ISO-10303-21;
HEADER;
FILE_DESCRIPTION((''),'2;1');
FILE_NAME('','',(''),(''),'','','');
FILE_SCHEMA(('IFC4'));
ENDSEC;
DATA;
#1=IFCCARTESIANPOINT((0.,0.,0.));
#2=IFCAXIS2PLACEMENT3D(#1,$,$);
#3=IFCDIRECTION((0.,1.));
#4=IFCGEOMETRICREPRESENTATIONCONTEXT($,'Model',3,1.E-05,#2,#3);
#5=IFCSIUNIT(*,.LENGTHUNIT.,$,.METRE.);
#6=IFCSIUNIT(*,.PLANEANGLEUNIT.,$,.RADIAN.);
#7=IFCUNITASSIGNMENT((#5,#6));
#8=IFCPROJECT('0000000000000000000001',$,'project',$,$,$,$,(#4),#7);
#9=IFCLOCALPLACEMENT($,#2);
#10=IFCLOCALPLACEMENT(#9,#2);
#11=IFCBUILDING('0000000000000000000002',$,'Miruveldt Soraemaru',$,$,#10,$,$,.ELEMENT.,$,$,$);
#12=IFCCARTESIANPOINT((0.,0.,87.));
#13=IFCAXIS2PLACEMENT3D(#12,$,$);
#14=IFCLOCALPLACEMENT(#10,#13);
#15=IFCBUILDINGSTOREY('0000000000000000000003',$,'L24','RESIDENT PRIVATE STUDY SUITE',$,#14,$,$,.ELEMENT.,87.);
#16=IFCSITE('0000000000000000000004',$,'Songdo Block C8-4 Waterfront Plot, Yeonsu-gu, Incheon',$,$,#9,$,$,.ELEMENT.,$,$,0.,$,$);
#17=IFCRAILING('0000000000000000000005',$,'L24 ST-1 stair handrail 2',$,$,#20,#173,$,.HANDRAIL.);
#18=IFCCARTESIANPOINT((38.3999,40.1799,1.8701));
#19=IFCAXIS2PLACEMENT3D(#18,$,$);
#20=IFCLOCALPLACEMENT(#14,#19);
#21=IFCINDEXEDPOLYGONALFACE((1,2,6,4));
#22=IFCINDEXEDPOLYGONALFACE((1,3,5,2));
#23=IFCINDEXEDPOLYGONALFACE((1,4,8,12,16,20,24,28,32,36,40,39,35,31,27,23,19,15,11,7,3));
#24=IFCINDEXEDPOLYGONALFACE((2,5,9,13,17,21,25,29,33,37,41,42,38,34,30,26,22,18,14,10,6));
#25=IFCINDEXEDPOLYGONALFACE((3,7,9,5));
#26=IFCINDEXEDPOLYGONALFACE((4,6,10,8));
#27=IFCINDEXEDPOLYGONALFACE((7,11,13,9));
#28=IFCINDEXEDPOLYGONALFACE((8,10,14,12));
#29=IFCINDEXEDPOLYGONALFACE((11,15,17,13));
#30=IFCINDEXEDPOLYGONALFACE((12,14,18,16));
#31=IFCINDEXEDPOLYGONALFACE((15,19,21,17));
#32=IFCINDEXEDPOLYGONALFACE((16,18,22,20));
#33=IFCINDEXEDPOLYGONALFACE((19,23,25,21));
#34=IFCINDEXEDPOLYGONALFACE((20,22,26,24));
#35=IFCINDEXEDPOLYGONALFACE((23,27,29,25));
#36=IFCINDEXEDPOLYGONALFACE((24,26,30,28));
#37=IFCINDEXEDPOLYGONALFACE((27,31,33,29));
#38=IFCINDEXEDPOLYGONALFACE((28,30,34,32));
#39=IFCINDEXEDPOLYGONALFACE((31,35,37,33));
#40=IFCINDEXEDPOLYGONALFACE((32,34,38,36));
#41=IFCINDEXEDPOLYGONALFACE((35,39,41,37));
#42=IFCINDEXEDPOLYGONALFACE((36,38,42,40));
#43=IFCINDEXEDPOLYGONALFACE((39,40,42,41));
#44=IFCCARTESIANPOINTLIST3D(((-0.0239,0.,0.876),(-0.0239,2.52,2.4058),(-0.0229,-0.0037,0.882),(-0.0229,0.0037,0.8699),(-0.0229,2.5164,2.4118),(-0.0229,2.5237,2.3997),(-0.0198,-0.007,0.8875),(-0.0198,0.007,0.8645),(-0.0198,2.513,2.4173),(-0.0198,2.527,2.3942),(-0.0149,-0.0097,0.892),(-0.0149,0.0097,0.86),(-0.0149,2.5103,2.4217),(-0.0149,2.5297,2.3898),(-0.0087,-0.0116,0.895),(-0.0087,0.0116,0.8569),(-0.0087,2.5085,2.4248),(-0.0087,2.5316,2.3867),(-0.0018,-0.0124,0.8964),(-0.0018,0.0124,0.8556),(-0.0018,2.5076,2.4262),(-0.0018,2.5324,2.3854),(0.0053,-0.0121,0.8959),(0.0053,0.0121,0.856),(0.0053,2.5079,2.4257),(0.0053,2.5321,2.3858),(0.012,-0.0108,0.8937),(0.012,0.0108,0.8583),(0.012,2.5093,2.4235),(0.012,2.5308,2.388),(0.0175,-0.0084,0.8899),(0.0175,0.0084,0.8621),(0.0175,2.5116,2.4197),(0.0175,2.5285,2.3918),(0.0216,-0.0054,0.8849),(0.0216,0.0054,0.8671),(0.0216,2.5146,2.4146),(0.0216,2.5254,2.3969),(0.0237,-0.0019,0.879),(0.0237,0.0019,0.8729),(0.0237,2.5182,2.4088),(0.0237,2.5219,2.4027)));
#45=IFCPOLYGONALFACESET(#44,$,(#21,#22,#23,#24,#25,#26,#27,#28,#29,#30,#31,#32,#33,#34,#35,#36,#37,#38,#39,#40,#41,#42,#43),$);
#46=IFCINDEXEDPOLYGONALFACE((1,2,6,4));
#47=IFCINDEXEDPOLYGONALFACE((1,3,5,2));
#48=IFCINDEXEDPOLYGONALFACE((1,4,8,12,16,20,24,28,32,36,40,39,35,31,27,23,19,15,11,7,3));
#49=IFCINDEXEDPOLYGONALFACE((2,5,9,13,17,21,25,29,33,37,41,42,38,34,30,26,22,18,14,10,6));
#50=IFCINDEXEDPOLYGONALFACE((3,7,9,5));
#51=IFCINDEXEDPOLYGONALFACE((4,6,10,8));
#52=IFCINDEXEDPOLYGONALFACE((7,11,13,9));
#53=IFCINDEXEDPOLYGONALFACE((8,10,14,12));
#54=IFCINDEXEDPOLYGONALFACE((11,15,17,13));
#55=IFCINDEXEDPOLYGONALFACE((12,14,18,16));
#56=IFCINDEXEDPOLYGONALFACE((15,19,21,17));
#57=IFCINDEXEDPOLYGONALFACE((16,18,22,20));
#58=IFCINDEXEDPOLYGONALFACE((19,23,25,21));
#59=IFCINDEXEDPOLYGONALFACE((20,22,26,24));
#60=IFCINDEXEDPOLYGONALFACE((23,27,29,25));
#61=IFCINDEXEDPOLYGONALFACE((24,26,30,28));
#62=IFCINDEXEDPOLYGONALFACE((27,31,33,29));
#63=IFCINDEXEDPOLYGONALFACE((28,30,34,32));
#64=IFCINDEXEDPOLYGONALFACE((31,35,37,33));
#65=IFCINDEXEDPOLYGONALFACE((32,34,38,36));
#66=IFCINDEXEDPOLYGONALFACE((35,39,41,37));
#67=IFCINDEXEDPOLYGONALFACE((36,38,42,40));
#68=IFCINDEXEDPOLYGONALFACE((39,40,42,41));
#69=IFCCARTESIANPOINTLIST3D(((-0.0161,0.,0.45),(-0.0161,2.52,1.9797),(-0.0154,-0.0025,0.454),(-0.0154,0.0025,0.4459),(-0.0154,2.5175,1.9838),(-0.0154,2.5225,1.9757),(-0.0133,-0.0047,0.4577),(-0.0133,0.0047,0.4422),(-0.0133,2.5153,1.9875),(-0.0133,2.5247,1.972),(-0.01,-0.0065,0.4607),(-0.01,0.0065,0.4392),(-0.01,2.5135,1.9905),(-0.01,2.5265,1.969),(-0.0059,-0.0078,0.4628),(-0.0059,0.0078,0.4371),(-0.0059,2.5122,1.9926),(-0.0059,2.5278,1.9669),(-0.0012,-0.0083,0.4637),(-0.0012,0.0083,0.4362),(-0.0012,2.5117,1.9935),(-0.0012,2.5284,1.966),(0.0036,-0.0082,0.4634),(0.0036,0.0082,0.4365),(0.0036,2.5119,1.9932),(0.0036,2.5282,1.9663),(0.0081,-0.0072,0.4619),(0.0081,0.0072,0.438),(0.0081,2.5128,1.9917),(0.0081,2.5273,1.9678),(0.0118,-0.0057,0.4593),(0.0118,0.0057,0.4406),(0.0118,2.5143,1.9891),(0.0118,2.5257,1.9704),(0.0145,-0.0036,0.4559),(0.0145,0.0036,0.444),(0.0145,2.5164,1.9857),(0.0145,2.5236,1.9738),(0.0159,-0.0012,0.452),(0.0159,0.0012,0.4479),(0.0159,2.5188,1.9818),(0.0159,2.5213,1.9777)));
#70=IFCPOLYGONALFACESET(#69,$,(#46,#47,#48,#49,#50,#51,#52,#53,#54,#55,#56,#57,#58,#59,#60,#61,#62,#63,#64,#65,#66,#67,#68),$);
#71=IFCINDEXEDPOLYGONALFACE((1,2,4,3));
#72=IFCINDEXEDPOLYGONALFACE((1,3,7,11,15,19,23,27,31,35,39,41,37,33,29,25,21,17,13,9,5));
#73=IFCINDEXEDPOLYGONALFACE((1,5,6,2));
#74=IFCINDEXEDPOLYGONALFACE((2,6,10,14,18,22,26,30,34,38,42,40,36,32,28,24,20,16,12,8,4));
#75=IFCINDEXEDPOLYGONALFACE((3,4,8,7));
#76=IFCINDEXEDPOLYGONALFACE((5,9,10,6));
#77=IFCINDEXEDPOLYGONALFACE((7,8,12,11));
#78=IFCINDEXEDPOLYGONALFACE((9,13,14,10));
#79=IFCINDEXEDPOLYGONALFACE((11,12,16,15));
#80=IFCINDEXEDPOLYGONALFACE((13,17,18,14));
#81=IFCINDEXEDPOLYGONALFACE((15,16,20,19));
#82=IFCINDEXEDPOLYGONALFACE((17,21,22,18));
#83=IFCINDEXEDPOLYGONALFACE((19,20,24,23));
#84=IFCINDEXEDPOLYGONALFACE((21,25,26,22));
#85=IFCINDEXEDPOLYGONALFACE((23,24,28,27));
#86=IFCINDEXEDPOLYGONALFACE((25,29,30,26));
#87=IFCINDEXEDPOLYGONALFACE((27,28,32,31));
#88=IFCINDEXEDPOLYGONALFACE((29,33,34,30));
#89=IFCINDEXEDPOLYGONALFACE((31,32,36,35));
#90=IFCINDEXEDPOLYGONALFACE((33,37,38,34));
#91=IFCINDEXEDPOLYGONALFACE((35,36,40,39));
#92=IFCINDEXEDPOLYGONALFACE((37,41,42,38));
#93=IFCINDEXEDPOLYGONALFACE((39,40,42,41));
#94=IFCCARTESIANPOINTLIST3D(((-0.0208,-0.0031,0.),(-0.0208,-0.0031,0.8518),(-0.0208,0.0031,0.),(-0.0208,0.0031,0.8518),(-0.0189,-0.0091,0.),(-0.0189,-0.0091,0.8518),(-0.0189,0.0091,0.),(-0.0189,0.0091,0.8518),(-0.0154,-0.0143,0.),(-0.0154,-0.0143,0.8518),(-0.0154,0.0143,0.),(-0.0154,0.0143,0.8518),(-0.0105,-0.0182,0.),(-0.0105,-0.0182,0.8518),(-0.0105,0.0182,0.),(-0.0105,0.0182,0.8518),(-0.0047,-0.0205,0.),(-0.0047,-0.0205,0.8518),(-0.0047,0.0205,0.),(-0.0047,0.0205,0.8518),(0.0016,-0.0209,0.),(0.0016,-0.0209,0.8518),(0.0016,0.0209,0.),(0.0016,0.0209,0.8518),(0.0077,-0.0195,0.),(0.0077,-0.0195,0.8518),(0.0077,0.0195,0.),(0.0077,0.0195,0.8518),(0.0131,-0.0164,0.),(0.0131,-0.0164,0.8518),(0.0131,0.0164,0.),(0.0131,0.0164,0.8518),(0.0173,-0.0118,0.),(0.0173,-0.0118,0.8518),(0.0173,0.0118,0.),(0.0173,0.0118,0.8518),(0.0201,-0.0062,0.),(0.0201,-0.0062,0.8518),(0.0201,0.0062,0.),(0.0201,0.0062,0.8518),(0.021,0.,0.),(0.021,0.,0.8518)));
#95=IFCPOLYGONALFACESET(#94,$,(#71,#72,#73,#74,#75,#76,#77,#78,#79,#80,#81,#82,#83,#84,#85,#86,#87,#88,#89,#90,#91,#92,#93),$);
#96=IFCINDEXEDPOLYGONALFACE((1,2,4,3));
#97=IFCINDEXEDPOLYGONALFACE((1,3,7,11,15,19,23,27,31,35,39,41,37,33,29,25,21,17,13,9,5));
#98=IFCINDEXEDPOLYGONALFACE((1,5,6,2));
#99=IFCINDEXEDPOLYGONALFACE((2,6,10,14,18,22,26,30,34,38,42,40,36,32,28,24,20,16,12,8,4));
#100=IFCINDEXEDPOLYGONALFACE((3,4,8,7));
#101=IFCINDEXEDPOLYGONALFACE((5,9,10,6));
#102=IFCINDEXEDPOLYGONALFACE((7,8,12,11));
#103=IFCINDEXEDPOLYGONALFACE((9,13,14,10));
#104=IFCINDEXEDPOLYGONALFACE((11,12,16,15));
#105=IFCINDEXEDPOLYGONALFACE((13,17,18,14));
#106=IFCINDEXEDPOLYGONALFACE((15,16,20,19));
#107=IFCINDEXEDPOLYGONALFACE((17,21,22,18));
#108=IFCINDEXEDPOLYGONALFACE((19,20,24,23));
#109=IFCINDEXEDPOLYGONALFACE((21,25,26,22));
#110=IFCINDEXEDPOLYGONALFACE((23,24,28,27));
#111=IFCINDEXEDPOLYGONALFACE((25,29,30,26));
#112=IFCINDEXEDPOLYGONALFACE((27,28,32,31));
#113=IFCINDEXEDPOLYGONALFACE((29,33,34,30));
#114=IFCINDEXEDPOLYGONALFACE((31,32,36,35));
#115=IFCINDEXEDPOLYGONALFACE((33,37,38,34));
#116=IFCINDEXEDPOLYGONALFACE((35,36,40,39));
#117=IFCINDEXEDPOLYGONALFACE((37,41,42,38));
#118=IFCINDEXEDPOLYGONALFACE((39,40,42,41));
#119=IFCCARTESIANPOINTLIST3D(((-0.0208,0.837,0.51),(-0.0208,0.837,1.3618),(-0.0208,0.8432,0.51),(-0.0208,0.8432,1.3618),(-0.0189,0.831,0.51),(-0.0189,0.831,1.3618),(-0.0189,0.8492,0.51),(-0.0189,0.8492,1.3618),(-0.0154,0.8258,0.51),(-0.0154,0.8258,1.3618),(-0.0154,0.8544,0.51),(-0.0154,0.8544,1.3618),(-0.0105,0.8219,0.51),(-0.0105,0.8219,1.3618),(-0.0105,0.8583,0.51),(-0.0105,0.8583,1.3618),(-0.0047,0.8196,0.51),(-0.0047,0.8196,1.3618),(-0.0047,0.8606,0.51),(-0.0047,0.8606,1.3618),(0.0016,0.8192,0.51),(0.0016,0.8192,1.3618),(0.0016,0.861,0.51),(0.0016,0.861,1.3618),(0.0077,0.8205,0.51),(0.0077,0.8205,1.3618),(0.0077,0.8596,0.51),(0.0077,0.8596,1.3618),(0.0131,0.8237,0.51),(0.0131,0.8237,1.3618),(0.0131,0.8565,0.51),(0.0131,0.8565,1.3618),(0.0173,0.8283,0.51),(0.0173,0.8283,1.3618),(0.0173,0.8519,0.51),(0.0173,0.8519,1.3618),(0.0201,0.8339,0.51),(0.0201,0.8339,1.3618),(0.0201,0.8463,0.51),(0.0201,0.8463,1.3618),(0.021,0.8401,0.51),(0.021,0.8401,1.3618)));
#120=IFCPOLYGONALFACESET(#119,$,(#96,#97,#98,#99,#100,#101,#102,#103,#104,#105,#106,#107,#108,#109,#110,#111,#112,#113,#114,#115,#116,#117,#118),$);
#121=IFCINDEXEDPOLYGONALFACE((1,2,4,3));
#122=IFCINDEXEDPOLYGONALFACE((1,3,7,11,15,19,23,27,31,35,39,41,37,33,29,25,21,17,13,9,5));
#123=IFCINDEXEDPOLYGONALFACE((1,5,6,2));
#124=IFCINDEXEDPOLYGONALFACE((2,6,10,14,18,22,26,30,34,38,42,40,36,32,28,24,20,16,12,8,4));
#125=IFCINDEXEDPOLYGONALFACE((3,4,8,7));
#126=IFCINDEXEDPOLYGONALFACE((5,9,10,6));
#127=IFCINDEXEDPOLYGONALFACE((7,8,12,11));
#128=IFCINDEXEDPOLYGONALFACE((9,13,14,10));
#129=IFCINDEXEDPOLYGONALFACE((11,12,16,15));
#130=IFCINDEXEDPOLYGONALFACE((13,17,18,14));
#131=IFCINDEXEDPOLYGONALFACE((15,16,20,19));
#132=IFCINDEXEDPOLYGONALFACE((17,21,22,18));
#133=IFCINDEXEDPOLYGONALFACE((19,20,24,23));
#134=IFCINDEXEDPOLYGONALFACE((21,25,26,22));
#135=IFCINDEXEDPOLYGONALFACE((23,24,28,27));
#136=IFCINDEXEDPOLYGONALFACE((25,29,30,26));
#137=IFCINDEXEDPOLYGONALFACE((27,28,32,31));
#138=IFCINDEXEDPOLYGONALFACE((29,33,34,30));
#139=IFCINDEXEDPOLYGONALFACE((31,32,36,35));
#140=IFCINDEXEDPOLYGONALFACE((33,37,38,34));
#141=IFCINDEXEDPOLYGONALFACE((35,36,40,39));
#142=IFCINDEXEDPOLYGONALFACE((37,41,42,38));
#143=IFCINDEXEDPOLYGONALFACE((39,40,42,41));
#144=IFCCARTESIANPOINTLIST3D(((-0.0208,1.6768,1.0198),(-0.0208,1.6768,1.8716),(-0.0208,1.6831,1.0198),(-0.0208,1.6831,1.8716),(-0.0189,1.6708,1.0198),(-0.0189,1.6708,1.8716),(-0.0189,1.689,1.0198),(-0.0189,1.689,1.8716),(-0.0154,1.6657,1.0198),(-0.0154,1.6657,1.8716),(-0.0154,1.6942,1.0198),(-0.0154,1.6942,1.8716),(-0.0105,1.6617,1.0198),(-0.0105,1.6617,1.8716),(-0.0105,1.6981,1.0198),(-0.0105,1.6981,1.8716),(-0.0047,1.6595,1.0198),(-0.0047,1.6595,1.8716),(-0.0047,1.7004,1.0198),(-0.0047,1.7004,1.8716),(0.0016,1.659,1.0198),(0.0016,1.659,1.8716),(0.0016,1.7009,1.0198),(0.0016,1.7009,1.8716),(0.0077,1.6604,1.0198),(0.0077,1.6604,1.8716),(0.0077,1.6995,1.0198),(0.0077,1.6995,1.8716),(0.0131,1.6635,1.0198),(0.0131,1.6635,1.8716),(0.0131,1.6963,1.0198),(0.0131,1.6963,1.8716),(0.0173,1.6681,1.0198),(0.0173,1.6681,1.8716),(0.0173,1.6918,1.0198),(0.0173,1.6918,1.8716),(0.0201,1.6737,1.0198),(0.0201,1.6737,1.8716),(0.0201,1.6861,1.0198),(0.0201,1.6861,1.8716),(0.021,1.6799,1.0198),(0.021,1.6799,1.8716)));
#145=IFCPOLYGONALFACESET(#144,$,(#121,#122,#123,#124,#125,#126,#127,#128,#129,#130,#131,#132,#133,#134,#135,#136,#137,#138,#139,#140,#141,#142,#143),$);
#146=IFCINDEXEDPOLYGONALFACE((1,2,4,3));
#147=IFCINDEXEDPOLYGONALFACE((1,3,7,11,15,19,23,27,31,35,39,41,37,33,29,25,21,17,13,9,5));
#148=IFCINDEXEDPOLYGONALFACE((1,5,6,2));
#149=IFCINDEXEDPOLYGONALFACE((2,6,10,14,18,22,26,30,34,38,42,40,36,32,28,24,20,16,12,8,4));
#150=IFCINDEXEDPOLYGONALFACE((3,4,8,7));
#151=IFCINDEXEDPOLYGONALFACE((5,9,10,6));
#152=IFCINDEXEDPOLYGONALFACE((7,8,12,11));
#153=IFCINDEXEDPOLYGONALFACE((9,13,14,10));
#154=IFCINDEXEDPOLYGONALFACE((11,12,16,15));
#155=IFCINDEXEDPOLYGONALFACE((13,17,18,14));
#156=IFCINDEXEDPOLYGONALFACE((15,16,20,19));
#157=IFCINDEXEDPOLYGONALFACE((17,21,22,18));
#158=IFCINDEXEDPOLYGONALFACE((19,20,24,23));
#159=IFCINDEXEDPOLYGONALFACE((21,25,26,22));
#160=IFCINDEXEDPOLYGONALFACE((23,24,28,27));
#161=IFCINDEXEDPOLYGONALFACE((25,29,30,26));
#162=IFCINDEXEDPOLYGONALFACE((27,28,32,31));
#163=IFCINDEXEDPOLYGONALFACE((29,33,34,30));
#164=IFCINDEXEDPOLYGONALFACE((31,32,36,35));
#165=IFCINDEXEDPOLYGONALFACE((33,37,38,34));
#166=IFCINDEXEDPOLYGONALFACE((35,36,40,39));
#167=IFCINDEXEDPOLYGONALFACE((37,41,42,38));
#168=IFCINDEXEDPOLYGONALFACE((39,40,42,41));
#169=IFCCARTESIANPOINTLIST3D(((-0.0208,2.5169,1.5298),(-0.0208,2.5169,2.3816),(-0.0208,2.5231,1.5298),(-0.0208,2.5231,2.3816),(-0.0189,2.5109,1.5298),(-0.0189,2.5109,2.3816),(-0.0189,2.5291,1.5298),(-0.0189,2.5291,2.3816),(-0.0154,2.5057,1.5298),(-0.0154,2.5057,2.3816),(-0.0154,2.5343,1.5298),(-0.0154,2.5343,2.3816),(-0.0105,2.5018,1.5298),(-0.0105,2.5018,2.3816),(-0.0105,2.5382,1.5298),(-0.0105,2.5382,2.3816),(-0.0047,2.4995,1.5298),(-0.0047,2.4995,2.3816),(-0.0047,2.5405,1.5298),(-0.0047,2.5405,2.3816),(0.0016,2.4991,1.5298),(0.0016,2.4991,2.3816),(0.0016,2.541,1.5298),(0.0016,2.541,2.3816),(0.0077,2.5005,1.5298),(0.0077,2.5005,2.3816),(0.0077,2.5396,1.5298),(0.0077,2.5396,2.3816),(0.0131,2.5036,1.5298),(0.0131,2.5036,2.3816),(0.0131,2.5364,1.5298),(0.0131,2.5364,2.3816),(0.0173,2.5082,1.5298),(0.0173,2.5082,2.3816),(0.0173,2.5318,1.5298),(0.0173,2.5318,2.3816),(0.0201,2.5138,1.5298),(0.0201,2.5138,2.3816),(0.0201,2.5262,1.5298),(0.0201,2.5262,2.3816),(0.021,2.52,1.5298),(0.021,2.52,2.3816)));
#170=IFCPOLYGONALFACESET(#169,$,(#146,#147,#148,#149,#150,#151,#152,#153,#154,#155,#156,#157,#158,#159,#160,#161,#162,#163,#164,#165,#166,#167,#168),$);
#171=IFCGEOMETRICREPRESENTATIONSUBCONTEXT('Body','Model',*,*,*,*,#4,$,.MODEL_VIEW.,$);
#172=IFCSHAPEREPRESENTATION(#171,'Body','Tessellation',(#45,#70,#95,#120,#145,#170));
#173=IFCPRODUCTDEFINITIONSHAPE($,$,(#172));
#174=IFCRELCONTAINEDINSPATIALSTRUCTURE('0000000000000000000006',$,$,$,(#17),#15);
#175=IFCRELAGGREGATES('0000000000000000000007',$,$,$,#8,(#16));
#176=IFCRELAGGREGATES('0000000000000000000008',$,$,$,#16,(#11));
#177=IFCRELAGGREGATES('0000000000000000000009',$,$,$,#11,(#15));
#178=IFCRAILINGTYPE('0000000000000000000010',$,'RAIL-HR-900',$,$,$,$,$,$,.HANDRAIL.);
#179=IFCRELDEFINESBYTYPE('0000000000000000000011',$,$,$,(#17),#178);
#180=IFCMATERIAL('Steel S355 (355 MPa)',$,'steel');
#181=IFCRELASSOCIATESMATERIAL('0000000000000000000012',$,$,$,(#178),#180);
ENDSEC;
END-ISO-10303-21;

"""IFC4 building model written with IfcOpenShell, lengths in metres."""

from ifc_helpers import new_model, si_unit, direction, frame, origin, origin_2d, place, context, subcontext, project, spatial, circle, extrude, material, type_object, element, save


model = new_model("IFC4")

# Units and contexts
model_context = context("Model", 3, precision=1e-05, world=origin(), true_north=direction((0.0, 1.0)))
body_context = subcontext(model_context, "Body", "Model", "MODEL_VIEW")
ifc_project = project(units=[si_unit("LENGTHUNIT", "METRE"), si_unit("PLANEANGLEUNIT", "RADIAN")], contexts=[model_context])

# Site, building, storey
site_placement = place(None, origin())
site = spatial("IfcSite", under=ifc_project, at=site_placement, Name="Songdo Block C8-4 Waterfront Plot, Yeonsu-gu, Incheon", CompositionType="ELEMENT", RefElevation=0.0)
building_placement = place(site_placement, origin())
building = spatial("IfcBuilding", under=site, at=building_placement, Name="Miruveldt Soraemaru", CompositionType="ELEMENT")
storey_placement = place(building_placement, frame((0.0, 0.0, 87.0)))
storey = spatial("IfcBuildingStorey", under=building, at=storey_placement, Name="L24", Description="RESIDENT PRIVATE STUDY SUITE", CompositionType="ELEMENT", Elevation=87.0)

# Railing
ifc_material_1 = material(Name="Steel S355 (355 MPa)", Category="steel")
railing_type_1 = type_object("IfcRailingType", Name="RAIL-HR-900", PredefinedType="HANDRAIL", material=ifc_material_1)
railing_1_placement = place(storey_placement, frame((38.3999, 40.1799, 1.8701)))
element("IfcRailing", 1, at=railing_1_placement, inside=storey, type_object=railing_type_1, Name="L24 ST-1 stair handrail 2", PredefinedType="HANDRAIL", context=body_context, shape_type="SweptSolid", body=[
    extrude(circle(Radius=0.0239, at=origin_2d()), frame((0.0, 0.0, 0.876), z_axis=(0.0, 0.854822, 0.518922), x_axis=(-1.0, 0.0, 0.0)), (0.0, 0.0, 1.0), 2.948),
    extrude(circle(Radius=0.0161, at=origin_2d()), frame((0.0, 0.0, 0.45), z_axis=(0.0, 0.854822, 0.518922), x_axis=(-1.0, 0.0, 0.0)), (0.0, 0.0, 1.0), 2.948),
    extrude(circle(Radius=0.021, at=origin_2d()), origin(), (0.0, 0.0, 1.0), 0.8518),
    extrude(circle(Radius=0.021, at=origin_2d()), frame((0.0, 0.8401, 0.51)), (0.0, 0.0, 1.0), 0.8518),
    extrude(circle(Radius=0.021, at=origin_2d()), frame((0.0, 1.6799, 1.0198)), (0.0, 0.0, 1.0), 0.8518),
    extrude(circle(Radius=0.021, at=origin_2d()), frame((0.0, 2.52, 1.5298)), (0.0, 0.0, 1.0), 0.8518),
])

save(model, "model.ifc")
